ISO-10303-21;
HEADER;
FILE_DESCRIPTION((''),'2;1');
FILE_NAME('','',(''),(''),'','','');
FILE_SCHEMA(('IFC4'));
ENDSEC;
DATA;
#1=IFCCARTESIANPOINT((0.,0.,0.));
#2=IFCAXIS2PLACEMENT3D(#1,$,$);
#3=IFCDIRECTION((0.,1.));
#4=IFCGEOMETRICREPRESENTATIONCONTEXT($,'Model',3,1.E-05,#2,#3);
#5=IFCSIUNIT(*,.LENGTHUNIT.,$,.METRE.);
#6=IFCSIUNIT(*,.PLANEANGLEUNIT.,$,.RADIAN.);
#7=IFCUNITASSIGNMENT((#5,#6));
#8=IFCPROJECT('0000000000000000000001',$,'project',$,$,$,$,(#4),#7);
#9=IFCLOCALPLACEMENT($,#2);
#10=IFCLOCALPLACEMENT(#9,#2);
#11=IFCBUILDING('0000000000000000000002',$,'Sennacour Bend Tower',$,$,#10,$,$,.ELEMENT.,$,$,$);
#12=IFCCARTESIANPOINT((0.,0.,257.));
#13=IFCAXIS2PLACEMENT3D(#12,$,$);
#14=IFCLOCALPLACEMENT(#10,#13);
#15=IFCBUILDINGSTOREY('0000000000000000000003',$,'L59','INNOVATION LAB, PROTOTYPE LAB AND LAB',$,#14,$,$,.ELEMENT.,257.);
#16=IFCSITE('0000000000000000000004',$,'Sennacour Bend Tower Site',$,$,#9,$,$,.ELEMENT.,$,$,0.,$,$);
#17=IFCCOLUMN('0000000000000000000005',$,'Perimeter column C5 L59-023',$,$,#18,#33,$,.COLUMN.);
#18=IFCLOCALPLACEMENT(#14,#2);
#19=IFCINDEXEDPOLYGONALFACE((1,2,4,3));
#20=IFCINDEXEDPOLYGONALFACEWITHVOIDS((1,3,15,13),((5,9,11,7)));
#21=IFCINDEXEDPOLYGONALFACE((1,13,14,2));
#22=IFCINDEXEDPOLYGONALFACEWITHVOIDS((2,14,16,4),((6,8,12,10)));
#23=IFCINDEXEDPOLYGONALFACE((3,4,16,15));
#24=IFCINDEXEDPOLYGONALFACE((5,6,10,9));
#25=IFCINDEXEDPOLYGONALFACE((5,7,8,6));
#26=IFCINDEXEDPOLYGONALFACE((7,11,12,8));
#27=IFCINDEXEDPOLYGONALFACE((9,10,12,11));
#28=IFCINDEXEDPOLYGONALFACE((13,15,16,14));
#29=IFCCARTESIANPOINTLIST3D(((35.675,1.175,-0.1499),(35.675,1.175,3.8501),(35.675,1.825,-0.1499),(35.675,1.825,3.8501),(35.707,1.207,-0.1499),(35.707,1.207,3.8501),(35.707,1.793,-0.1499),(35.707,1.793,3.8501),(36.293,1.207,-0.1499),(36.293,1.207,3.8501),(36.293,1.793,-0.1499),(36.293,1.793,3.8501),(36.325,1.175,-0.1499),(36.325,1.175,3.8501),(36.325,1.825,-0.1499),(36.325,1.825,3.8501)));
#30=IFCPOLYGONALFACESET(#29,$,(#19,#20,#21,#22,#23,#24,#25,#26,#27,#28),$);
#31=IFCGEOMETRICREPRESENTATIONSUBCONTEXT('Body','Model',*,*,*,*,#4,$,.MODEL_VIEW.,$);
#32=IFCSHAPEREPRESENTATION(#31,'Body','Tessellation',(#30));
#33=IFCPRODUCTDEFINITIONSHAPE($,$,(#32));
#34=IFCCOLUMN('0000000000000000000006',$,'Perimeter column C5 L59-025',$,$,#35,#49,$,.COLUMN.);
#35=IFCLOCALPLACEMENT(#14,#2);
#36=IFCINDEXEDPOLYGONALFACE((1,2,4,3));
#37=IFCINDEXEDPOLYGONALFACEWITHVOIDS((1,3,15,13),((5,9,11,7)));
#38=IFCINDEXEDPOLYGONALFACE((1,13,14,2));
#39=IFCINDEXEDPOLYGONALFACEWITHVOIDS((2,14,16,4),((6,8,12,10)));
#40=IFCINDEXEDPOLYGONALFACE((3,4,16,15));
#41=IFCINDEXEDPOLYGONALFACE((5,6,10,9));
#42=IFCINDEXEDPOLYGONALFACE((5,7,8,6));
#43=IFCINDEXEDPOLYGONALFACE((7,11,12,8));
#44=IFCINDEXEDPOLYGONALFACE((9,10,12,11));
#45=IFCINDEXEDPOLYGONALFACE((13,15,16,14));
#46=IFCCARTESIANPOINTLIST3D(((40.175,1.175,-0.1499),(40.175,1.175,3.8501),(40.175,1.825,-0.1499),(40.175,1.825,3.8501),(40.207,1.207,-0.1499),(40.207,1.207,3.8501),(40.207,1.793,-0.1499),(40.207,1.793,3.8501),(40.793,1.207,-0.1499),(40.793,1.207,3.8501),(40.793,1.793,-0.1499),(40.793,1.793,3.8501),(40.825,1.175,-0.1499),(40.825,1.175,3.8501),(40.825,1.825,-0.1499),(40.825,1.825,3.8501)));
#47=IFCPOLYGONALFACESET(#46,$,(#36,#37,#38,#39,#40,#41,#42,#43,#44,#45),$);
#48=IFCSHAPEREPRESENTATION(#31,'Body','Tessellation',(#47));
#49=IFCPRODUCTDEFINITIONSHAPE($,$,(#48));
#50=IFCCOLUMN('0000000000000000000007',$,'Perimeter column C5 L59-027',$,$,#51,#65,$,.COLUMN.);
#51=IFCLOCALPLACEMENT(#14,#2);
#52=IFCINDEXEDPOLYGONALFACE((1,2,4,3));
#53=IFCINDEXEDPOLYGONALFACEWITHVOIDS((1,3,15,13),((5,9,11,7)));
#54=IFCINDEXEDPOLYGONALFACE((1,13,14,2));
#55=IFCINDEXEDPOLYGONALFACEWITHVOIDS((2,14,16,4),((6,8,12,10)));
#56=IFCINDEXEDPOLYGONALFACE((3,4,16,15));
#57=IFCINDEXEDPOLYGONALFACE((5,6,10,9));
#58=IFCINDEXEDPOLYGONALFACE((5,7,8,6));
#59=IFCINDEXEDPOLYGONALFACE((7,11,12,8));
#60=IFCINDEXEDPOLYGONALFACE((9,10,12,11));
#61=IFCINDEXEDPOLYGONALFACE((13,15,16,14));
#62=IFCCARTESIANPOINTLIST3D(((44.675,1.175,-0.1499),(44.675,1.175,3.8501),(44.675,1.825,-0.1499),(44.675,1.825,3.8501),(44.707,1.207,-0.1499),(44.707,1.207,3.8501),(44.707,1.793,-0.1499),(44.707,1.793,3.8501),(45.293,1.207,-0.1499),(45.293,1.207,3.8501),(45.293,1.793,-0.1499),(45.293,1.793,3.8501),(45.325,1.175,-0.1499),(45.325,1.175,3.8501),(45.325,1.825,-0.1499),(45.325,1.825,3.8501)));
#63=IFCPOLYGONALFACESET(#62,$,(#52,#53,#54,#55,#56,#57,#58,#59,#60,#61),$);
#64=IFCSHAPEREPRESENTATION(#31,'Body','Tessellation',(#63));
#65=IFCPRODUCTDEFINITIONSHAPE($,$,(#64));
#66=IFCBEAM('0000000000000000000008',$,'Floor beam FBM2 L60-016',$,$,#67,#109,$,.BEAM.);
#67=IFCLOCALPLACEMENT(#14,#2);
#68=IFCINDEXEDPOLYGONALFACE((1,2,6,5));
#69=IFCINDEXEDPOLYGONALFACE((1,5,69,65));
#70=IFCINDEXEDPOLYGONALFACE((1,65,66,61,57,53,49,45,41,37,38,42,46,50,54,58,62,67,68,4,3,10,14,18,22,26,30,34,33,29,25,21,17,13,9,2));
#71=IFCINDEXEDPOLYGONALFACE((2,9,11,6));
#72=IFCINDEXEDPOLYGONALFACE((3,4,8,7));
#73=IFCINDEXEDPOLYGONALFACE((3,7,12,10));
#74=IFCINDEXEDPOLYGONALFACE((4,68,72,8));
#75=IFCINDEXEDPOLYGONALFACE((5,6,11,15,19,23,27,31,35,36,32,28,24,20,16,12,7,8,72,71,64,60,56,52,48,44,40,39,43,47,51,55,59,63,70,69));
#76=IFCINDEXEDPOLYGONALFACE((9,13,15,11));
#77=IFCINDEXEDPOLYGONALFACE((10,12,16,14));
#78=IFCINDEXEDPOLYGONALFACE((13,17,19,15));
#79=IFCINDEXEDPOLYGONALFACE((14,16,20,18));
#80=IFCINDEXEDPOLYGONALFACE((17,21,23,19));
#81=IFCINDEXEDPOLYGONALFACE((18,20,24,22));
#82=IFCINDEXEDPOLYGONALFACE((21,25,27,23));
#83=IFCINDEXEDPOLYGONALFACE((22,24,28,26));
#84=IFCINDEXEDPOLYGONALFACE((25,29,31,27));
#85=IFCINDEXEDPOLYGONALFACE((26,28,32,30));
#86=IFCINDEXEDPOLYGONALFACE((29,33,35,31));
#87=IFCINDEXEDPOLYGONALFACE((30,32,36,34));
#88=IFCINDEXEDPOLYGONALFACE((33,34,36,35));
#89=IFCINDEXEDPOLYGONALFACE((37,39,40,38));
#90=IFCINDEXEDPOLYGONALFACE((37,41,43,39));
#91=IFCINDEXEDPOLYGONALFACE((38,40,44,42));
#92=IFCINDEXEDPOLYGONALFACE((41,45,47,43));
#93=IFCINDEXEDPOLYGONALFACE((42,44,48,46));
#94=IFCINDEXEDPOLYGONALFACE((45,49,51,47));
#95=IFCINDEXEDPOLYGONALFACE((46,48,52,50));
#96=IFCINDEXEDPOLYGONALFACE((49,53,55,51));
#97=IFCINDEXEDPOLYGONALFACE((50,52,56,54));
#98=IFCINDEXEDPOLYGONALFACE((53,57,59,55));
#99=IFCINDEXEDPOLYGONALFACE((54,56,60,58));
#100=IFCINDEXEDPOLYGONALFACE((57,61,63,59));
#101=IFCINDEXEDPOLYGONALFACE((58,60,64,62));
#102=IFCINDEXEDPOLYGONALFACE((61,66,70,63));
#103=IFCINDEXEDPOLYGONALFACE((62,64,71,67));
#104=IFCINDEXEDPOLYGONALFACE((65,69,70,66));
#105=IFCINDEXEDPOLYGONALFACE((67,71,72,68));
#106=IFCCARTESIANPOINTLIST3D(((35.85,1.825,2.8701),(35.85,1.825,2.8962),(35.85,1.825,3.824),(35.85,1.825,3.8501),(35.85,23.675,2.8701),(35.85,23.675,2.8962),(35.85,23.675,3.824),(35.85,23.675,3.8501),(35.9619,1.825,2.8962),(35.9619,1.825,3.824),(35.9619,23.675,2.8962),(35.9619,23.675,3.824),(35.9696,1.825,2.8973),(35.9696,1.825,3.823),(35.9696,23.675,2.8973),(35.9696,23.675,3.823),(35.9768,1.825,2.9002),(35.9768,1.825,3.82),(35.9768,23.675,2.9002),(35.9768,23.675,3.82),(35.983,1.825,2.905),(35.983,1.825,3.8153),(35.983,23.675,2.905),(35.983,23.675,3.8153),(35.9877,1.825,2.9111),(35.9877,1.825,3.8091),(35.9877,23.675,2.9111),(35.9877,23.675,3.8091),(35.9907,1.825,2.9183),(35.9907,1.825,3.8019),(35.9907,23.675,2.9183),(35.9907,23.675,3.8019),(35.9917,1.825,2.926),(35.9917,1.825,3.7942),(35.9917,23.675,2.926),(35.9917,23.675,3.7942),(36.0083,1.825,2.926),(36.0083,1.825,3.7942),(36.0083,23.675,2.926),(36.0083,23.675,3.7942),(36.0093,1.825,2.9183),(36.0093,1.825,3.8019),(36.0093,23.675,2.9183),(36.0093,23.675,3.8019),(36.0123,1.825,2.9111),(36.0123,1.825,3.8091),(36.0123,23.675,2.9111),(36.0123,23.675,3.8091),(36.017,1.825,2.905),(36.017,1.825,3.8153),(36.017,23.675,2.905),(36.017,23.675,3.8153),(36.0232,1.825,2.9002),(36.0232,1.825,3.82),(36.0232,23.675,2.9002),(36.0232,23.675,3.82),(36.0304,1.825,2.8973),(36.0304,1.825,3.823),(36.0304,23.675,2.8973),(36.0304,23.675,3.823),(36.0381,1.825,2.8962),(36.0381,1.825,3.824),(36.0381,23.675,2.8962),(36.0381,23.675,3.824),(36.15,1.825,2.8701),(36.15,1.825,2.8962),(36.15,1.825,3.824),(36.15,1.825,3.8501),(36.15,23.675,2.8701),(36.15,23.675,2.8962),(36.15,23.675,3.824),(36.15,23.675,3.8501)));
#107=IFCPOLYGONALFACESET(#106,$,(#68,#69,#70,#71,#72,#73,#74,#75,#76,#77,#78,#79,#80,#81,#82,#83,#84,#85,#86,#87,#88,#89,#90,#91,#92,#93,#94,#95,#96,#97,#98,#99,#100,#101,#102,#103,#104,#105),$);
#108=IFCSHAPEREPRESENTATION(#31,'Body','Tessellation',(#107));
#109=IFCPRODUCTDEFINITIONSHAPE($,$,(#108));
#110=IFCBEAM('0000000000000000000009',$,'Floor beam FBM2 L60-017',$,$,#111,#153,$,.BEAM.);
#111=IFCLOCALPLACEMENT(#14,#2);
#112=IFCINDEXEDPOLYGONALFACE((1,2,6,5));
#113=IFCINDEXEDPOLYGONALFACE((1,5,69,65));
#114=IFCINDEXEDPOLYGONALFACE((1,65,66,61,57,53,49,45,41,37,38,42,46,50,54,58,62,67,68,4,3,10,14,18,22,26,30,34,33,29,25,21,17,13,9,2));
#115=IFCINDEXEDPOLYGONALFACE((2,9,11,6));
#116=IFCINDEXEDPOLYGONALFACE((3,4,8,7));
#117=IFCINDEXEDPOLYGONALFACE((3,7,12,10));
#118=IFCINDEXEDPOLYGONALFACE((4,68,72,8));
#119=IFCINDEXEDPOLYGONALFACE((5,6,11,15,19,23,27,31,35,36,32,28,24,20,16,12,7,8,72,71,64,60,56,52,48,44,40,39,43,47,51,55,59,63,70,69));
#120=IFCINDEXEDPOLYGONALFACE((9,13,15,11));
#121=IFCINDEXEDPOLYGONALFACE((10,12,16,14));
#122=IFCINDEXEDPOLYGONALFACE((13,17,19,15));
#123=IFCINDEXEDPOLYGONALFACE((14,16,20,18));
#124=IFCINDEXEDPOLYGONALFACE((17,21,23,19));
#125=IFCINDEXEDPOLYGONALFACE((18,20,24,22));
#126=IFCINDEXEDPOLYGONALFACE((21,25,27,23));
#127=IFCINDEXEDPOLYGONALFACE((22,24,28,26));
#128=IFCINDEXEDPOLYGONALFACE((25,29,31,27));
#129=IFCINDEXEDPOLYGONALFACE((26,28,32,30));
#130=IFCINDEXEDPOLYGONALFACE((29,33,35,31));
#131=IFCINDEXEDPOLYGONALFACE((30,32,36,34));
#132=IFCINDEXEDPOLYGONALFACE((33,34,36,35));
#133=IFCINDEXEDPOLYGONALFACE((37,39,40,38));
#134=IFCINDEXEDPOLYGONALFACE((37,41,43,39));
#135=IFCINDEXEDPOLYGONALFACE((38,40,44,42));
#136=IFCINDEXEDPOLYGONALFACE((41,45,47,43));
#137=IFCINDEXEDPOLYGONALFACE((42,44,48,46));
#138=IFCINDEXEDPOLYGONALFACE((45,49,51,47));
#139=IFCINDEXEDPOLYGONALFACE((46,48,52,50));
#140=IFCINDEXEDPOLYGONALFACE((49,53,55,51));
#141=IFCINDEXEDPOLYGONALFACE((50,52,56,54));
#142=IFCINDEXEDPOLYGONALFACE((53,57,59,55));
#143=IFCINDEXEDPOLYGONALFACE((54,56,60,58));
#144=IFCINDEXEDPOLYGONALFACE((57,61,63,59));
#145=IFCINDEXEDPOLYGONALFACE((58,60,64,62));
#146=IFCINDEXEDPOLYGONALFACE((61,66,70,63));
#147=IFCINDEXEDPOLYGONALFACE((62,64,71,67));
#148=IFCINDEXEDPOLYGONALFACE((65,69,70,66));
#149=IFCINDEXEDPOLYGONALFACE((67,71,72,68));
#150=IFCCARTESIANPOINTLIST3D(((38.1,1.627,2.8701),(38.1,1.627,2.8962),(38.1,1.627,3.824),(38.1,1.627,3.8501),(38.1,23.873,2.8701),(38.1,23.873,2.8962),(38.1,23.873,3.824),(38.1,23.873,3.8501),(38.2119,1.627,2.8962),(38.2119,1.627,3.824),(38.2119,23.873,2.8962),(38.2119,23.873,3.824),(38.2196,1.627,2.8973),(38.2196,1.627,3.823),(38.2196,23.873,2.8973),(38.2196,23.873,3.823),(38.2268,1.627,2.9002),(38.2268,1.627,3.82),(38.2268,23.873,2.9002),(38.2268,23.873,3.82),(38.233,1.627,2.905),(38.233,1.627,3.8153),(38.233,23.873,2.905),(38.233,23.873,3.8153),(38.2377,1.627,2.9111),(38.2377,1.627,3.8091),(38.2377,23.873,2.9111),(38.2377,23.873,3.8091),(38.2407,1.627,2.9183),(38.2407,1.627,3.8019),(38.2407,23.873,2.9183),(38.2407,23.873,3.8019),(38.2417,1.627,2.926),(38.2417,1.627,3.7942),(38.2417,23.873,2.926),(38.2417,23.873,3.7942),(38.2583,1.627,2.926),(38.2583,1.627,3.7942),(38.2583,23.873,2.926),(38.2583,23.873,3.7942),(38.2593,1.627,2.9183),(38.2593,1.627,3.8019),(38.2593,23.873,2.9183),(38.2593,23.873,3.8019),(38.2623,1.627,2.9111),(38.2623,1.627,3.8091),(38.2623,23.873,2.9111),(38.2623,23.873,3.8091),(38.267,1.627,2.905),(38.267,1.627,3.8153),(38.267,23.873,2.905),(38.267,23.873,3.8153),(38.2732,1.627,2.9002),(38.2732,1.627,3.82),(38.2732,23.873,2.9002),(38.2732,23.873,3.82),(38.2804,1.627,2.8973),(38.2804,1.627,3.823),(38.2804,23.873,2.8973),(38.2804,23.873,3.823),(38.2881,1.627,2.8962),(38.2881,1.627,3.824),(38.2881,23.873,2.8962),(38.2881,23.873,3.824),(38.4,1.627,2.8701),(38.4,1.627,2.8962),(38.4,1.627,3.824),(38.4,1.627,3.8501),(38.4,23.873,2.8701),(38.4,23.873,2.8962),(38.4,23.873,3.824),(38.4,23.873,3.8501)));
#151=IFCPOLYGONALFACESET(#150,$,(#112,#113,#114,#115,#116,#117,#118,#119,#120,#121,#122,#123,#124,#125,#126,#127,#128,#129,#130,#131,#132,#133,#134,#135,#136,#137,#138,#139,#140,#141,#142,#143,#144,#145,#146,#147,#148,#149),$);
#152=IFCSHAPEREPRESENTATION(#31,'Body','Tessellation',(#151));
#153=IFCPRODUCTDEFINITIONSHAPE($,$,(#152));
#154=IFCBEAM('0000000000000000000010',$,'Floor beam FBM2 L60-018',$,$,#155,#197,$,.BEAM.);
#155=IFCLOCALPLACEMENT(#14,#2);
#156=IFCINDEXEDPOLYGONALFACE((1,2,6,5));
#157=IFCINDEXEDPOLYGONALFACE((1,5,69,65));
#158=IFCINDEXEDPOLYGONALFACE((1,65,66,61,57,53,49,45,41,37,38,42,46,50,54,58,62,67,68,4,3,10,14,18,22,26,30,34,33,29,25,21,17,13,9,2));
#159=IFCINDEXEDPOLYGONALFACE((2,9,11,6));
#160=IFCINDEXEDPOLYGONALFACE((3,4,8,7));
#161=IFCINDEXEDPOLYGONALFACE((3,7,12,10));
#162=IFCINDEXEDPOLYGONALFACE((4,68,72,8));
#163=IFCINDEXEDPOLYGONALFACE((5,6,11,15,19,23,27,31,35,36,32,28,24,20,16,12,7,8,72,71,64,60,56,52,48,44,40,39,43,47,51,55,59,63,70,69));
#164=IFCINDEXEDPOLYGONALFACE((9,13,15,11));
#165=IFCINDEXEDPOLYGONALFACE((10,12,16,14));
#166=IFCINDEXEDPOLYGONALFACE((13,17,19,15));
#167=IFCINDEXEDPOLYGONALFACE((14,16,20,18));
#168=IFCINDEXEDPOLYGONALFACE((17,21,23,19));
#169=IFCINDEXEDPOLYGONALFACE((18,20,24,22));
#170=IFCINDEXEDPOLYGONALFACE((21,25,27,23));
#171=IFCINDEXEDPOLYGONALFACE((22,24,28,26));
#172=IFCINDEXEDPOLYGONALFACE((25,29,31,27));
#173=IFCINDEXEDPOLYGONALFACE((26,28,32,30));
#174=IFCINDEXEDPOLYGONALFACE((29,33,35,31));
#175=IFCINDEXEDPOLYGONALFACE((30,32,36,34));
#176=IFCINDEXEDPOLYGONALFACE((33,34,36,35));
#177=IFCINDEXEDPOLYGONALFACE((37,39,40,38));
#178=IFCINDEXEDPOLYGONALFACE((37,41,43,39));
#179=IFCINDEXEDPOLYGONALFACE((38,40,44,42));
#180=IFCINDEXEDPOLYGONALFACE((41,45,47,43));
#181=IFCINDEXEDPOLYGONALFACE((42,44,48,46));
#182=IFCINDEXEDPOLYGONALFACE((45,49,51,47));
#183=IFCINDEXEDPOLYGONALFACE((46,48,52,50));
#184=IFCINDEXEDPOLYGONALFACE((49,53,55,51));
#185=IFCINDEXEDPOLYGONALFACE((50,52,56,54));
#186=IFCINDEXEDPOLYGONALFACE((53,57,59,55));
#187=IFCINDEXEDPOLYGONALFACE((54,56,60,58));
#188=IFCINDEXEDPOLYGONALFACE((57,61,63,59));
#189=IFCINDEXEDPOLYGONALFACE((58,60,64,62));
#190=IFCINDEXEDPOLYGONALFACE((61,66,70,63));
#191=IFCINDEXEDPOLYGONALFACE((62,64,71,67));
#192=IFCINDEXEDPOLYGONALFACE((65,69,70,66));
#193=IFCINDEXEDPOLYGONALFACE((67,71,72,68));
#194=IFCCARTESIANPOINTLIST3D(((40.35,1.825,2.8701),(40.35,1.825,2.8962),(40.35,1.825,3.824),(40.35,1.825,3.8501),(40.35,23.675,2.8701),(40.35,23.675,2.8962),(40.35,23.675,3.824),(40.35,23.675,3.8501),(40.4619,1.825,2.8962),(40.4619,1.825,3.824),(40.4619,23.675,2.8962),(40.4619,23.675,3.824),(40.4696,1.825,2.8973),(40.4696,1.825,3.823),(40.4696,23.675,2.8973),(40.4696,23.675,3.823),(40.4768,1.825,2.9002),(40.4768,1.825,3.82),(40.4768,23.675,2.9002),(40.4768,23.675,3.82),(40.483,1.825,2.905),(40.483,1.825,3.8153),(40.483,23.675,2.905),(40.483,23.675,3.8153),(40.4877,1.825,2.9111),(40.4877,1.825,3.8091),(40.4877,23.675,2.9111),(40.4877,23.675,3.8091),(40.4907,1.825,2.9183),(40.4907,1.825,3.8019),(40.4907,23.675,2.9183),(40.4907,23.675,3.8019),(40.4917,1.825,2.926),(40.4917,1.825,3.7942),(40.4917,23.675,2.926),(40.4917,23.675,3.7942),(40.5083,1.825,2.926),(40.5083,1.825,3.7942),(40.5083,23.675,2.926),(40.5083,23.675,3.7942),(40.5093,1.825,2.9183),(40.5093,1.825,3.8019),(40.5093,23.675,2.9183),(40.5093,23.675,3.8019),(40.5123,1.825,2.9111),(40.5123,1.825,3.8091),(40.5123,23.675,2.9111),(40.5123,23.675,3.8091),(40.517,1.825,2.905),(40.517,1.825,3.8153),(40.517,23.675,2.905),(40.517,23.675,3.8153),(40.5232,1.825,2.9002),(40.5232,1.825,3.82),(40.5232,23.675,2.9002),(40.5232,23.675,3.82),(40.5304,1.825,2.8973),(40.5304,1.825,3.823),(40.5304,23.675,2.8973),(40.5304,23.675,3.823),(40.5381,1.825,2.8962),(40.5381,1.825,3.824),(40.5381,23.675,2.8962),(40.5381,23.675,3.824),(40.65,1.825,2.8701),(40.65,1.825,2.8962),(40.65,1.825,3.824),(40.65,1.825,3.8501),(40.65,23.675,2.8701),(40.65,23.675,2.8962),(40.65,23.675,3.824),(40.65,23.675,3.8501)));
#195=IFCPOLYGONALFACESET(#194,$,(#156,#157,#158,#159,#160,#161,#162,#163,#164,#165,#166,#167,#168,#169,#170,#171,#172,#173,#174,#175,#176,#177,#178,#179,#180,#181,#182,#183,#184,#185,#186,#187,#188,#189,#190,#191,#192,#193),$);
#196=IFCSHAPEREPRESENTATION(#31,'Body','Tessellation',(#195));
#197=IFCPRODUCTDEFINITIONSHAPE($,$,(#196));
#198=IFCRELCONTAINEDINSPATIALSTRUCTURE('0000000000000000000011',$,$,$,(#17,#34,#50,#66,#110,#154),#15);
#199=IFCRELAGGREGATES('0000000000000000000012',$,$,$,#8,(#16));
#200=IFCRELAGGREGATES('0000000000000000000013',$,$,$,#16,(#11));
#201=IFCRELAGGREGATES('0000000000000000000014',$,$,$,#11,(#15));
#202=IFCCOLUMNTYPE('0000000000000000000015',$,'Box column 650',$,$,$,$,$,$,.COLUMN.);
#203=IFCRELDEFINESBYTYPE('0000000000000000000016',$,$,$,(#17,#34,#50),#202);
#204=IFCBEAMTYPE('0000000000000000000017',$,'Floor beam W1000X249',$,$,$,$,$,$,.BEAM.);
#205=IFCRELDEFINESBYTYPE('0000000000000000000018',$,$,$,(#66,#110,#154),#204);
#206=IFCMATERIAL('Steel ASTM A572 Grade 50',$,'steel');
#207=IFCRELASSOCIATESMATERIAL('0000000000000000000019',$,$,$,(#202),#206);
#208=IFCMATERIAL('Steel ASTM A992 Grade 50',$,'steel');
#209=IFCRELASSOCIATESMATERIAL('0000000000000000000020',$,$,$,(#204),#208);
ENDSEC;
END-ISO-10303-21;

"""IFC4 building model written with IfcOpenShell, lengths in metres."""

from ifc_helpers import new_model, si_unit, direction, frame, origin, origin_2d, place, context, subcontext, project, spatial, hollow_rectangle, i_section, extrude, material, material_profile, profile_set, type_object, element, save


model = new_model("IFC4")

# Units and contexts
model_context = context("Model", 3, precision=1e-05, world=origin(), true_north=direction((0.0, 1.0)))
body_context = subcontext(model_context, "Body", "Model", "MODEL_VIEW")
ifc_project = project(units=[si_unit("LENGTHUNIT", "METRE"), si_unit("PLANEANGLEUNIT", "RADIAN")], contexts=[model_context])

# Site, building, storey
site_placement = place(None, origin())
site = spatial("IfcSite", under=ifc_project, at=site_placement, Name="Sennacour Bend Tower Site", CompositionType="ELEMENT", RefElevation=0.0)
building_placement = place(site_placement, origin())
building = spatial("IfcBuilding", under=site, at=building_placement, Name="Sennacour Bend Tower", CompositionType="ELEMENT")
storey_placement = place(building_placement, frame((0.0, 0.0, 257.0)))
storey = spatial("IfcBuildingStorey", under=building, at=storey_placement, Name="L59", Description="INNOVATION LAB, PROTOTYPE LAB AND LAB", CompositionType="ELEMENT", Elevation=257.0)

# Columns
ifc_material_1 = material(Name="Steel ASTM A572 Grade 50", Category="steel")
ifc_material_profile_1 = material_profile(ifc_material_1, hollow_rectangle(XDim=0.6499, YDim=0.6499, WallThickness=0.032, at=origin_2d()), Name="Steel ASTM A572 Grade 50", Category="steel")
ifc_profile_set_1 = profile_set([ifc_material_profile_1], Name="Steel ASTM A572 Grade 50")
column_type = type_object("IfcColumnType", Name="Box column 650", PredefinedType="COLUMN", material=ifc_profile_set_1)
for number, where, z_axis, x_axis, name in (
    (1, (36.0, 1.5, -0.1499), (0.0, 0.0, 1.0), (1.0, 0.0, 0.0), "Perimeter column C5 L59-023"),
    (2, (40.5, 1.5, -0.1499), (0.0, 0.0, 1.0), (1.0, 0.0, 0.0), "Perimeter column C5 L59-025"),
    (3, (45.0, 1.5, -0.1499), (0.0, 0.0, 1.0), (1.0, 0.0, 0.0), "Perimeter column C5 L59-027"),
):
    element("IfcColumn", number, at=place(storey_placement, frame(where, z_axis=z_axis, x_axis=x_axis)), inside=storey, type_object=column_type, Name=name, PredefinedType="COLUMN", context=body_context, shape_type="SweptSolid", body=[
        extrude(hollow_rectangle(XDim=0.6499, YDim=0.6499, WallThickness=0.032, at=origin_2d()), origin(), (0.0, 0.0, 1.0), 4.0),
    ])

# Beams
ifc_material_2 = material(Name="Steel ASTM A992 Grade 50", Category="steel")
ifc_material_profile_2 = material_profile(ifc_material_2, i_section(OverallWidth=0.3, OverallDepth=0.98, WebThickness=0.0166, FlangeThickness=0.0261, FilletRadius=0.0298, at=origin_2d()), Name="Steel ASTM A992 Grade 50", Category="steel")
ifc_profile_set_2 = profile_set([ifc_material_profile_2], Name="Steel ASTM A992 Grade 50")
beam_type_1 = type_object("IfcBeamType", Name="Floor beam W1000X249", PredefinedType="BEAM", material=ifc_profile_set_2)
beam_1_placement = place(storey_placement, frame((36.0, 1.825, 3.3601), z_axis=(0.0, 1.0, 0.0), x_axis=(-1.0, 0.0, 0.0)))
element("IfcBeam", 4, at=beam_1_placement, inside=storey, type_object=beam_type_1, Name="Floor beam FBM2 L60-016", PredefinedType="BEAM", context=body_context, shape_type="SweptSolid", body=[
    extrude(i_section(OverallWidth=0.3, OverallDepth=0.98, WebThickness=0.0166, FlangeThickness=0.0261, FilletRadius=0.0298, at=origin_2d()), origin(), (0.0, 0.0, 1.0), 21.8501),
])
beam_2_placement = place(storey_placement, frame((38.25, 1.627, 3.3601), z_axis=(0.0, 1.0, 0.0), x_axis=(-1.0, 0.0, 0.0)))
element("IfcBeam", 5, at=beam_2_placement, inside=storey, type_object=beam_type_1, Name="Floor beam FBM2 L60-017", PredefinedType="BEAM", context=body_context, shape_type="SweptSolid", body=[
    extrude(i_section(OverallWidth=0.3, OverallDepth=0.98, WebThickness=0.0166, FlangeThickness=0.0261, FilletRadius=0.0298, at=origin_2d()), origin(), (0.0, 0.0, 1.0), 22.2461),
])
beam_3_placement = place(storey_placement, frame((40.5, 1.825, 3.3601), z_axis=(0.0, 1.0, 0.0), x_axis=(-1.0, 0.0, 0.0)))
element("IfcBeam", 6, at=beam_3_placement, inside=storey, type_object=beam_type_1, Name="Floor beam FBM2 L60-018", PredefinedType="BEAM", context=body_context, shape_type="SweptSolid", body=[
    extrude(i_section(OverallWidth=0.3, OverallDepth=0.98, WebThickness=0.0166, FlangeThickness=0.0261, FilletRadius=0.0298, at=origin_2d()), origin(), (0.0, 0.0, 1.0), 21.8501),
])

save(model, "model.ifc")
